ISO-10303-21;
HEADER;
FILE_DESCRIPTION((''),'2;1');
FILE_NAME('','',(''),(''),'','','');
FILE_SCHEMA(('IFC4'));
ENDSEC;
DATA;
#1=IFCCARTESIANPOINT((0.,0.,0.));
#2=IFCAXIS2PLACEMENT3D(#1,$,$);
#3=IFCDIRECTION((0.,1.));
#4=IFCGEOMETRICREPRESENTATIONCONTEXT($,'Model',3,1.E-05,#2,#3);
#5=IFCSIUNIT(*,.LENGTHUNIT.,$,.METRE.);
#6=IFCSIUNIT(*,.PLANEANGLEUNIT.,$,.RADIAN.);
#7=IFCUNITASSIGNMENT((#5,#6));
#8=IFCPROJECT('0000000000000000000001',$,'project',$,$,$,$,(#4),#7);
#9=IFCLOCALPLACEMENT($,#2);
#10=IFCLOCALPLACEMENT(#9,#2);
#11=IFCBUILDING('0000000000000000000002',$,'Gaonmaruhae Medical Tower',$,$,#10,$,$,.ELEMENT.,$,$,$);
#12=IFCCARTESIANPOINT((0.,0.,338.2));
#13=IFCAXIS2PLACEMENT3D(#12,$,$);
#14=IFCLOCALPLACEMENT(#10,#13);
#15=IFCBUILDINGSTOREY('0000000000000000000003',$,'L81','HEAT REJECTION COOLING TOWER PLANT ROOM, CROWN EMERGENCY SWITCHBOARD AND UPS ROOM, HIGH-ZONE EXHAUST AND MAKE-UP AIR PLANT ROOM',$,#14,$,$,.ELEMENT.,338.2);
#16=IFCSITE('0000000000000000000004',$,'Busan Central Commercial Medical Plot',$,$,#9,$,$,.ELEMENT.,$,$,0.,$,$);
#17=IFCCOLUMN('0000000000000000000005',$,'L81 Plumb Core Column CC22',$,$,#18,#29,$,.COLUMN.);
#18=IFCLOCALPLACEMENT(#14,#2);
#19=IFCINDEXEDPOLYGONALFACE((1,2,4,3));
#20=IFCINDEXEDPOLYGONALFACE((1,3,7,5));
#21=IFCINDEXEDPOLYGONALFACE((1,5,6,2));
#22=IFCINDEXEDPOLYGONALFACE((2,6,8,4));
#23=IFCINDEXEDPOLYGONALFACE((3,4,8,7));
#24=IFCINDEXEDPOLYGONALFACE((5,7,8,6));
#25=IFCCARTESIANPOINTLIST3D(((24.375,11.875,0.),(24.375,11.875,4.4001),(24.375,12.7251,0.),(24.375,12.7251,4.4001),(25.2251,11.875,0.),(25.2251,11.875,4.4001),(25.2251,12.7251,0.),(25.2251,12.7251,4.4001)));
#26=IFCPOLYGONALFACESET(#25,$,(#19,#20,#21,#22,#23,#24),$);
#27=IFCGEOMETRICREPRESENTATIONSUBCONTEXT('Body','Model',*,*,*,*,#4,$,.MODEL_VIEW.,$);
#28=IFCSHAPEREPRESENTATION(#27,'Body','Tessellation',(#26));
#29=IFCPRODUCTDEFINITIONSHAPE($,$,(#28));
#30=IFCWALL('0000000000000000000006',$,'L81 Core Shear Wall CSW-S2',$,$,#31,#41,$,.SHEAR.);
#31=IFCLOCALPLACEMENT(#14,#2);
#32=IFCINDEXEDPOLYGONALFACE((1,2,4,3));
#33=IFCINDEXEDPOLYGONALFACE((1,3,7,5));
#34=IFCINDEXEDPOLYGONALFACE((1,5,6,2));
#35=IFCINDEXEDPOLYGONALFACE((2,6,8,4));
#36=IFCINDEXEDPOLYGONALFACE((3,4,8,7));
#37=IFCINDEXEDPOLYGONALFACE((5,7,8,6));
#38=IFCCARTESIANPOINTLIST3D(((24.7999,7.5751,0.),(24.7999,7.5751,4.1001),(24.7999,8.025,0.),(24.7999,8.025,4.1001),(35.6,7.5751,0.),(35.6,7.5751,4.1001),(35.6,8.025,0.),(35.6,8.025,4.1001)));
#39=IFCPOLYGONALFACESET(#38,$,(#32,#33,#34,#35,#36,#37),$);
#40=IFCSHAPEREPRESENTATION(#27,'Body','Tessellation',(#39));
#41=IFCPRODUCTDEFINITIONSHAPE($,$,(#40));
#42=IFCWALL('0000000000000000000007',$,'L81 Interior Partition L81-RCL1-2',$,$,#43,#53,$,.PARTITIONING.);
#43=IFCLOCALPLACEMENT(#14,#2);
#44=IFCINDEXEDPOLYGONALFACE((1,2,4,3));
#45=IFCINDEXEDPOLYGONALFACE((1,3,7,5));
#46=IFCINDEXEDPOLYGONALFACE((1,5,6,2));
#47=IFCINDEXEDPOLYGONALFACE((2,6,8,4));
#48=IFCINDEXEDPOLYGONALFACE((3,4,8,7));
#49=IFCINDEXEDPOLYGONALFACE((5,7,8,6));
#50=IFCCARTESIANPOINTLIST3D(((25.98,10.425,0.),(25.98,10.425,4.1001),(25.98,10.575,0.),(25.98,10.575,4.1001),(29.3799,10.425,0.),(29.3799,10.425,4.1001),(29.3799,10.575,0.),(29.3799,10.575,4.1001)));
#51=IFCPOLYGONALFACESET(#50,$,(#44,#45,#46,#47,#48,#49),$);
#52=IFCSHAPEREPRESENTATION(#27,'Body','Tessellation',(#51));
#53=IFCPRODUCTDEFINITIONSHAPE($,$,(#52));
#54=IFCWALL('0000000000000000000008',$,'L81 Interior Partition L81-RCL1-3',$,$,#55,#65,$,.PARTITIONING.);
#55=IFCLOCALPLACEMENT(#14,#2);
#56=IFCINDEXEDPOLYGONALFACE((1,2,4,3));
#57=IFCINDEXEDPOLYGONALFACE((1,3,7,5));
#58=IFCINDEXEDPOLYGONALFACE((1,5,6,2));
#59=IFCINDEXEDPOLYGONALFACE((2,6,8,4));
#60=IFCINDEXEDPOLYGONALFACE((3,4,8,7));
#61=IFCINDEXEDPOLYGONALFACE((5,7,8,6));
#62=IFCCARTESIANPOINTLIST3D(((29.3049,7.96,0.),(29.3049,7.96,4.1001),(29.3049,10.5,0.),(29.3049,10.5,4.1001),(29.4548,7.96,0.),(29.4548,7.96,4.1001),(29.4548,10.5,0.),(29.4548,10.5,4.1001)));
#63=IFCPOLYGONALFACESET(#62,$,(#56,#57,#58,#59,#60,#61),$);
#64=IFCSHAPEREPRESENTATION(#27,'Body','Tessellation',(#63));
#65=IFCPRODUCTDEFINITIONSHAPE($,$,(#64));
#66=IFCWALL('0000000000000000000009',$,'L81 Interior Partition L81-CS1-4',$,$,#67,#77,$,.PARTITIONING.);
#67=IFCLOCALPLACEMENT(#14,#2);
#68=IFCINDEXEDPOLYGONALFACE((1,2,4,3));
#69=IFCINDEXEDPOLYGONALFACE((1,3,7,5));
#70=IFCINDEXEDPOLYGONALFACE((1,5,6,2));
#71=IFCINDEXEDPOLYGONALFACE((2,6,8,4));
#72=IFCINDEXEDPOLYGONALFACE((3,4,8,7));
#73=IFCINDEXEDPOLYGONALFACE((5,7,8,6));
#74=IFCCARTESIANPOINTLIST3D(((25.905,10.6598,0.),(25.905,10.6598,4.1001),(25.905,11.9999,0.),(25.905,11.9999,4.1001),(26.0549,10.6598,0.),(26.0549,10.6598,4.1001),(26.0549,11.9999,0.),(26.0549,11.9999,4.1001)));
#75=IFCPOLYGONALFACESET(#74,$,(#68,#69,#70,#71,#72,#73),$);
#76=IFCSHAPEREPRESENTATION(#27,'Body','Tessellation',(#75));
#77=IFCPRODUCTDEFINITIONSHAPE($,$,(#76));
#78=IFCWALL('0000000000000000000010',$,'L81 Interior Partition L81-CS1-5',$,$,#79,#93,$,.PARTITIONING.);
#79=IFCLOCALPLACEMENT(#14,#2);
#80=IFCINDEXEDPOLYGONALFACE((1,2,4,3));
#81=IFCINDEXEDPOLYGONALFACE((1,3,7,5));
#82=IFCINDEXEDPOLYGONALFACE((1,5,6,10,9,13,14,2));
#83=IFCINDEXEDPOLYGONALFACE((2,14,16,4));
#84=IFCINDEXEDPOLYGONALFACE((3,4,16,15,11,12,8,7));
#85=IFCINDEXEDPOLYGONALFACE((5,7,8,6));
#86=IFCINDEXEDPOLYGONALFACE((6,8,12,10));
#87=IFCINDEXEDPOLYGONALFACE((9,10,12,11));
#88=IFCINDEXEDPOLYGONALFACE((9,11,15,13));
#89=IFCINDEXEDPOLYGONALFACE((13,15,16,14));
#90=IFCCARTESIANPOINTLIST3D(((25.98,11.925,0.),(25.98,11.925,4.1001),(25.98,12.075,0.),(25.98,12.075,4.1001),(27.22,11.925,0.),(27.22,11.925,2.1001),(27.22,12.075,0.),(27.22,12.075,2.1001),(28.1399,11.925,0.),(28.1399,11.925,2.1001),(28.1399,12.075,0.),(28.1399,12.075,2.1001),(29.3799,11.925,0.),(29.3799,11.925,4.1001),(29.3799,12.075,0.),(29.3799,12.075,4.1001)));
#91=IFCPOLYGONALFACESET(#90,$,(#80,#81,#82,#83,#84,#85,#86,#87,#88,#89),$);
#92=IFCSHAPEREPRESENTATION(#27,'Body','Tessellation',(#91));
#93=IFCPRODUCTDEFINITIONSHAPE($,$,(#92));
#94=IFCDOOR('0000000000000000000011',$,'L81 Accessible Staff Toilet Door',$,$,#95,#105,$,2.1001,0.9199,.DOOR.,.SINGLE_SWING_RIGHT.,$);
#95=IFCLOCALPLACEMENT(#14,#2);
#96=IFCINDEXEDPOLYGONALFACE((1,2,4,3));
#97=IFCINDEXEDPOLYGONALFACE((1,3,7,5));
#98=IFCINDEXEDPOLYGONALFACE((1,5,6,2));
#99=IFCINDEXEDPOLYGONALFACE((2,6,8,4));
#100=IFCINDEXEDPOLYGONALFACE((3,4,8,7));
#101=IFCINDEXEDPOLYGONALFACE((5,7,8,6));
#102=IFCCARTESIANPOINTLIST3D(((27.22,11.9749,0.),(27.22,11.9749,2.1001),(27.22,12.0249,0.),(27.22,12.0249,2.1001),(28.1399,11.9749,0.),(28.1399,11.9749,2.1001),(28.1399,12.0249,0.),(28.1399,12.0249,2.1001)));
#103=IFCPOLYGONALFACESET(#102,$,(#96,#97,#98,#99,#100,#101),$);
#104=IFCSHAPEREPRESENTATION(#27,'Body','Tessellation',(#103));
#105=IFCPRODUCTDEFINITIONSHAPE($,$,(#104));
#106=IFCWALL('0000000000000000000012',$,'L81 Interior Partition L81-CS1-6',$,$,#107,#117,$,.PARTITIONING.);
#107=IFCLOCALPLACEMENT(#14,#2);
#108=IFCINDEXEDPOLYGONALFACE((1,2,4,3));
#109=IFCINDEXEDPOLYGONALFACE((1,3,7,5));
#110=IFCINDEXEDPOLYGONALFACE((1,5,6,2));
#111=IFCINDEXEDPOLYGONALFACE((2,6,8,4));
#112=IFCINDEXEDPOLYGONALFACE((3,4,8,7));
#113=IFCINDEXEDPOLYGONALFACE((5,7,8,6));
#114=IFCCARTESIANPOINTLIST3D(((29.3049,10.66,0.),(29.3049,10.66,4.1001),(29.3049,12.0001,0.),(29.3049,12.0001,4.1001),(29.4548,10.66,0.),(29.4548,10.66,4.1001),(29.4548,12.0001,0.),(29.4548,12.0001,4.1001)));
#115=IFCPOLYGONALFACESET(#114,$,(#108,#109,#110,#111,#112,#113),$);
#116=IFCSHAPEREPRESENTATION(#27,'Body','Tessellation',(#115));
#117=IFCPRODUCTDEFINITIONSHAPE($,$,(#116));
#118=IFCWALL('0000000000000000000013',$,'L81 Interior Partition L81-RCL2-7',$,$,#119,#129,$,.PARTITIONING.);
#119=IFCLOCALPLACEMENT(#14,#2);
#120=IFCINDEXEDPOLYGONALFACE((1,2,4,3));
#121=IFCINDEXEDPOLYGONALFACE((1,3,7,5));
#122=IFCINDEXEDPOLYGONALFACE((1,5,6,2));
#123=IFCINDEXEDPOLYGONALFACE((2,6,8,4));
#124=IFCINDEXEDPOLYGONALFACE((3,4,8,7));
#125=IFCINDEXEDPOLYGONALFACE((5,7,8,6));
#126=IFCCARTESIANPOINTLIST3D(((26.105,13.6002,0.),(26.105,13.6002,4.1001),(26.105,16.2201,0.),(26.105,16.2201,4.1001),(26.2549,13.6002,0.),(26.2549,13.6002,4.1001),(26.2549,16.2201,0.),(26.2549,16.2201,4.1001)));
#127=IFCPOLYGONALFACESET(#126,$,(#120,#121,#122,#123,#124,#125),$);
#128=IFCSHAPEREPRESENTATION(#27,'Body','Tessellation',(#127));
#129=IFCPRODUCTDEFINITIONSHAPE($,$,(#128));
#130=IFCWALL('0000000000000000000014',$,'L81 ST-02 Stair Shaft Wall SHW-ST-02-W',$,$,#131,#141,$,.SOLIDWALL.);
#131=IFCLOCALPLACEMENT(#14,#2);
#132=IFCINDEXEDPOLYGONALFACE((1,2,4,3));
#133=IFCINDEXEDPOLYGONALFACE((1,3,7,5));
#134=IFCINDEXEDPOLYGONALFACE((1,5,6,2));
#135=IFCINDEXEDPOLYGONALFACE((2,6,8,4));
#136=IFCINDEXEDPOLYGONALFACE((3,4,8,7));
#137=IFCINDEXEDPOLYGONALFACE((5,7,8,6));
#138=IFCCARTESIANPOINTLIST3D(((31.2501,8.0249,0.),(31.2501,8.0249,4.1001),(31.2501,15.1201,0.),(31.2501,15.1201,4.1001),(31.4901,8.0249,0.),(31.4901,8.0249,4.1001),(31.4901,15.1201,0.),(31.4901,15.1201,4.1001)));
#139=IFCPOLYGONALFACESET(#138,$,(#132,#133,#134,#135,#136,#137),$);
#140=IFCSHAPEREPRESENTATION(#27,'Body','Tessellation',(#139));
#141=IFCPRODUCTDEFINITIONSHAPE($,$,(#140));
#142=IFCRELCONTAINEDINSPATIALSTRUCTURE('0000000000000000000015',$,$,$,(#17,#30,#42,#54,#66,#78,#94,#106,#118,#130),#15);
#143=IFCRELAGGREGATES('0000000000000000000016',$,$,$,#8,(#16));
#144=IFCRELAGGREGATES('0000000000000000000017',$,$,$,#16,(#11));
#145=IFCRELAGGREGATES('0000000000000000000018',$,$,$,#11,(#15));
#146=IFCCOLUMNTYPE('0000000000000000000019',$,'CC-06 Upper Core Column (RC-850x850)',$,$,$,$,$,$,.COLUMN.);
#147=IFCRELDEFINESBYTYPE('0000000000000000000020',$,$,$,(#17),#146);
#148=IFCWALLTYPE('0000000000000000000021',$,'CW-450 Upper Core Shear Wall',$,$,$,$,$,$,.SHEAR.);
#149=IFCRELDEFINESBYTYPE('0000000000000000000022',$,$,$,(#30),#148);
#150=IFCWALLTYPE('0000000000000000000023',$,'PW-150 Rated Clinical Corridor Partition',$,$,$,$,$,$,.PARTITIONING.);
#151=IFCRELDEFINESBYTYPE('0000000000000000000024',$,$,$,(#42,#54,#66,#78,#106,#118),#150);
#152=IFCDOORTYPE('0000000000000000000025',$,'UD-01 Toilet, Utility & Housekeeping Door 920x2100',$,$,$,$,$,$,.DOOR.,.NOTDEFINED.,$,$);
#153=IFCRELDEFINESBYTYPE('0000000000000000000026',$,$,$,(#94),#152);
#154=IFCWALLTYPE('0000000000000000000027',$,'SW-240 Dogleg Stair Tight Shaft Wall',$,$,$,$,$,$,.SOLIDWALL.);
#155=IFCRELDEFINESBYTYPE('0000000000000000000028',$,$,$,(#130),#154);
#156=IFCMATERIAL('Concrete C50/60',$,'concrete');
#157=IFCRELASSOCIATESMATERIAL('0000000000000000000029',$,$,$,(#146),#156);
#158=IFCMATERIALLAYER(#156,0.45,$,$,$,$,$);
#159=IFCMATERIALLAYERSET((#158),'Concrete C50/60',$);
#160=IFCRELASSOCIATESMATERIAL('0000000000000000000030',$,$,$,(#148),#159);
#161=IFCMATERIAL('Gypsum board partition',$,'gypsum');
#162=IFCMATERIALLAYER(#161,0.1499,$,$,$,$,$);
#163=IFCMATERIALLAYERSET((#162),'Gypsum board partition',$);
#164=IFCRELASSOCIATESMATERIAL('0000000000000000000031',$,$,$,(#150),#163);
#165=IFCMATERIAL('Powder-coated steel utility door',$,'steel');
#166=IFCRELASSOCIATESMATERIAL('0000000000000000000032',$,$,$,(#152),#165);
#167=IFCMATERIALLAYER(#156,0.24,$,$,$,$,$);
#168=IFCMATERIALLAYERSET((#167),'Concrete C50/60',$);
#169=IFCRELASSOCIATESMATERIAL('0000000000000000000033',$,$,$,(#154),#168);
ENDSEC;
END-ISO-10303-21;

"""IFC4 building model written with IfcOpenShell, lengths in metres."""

from ifc_helpers import new_model, si_unit, direction, frame, frame_2d, origin, origin_2d, place, context, subcontext, project, spatial, rectangle, extrude, material, layer, layer_set, material_profile, profile_set, type_object, element, fill, save


model = new_model("IFC4")

# Units and contexts
model_context = context("Model", 3, precision=1e-05, world=origin(), true_north=direction((0.0, 1.0)))
body_context = subcontext(model_context, "Body", "Model", "MODEL_VIEW")
ifc_project = project(units=[si_unit("LENGTHUNIT", "METRE"), si_unit("PLANEANGLEUNIT", "RADIAN")], contexts=[model_context])

# Site, building, storey
site_placement = place(None, origin())
site = spatial("IfcSite", under=ifc_project, at=site_placement, Name="Busan Central Commercial Medical Plot", CompositionType="ELEMENT", RefElevation=0.0)
building_placement = place(site_placement, origin())
building = spatial("IfcBuilding", under=site, at=building_placement, Name="Gaonmaruhae Medical Tower", CompositionType="ELEMENT")
storey_placement = place(building_placement, frame((0.0, 0.0, 338.2)))
storey = spatial("IfcBuildingStorey", under=building, at=storey_placement, Name="L81", Description="HEAT REJECTION COOLING TOWER PLANT ROOM, CROWN EMERGENCY SWITCHBOARD AND UPS ROOM, HIGH-ZONE EXHAUST AND MAKE-UP AIR PLANT ROOM", CompositionType="ELEMENT", Elevation=338.2)

# Column
ifc_material_1 = material(Name="Concrete C50/60", Category="concrete")
ifc_material_profile = material_profile(ifc_material_1, rectangle(XDim=0.8501, YDim=0.8501, at=origin_2d()), Name="RC-850x850")
ifc_profile_set = profile_set([ifc_material_profile], Name="Concrete C50/60")
column_type = type_object("IfcColumnType", Name="CC-06 Upper Core Column (RC-850x850)", PredefinedType="COLUMN", material=ifc_profile_set)
column_placement = place(storey_placement, frame((24.8, 12.3, 0.0), z_axis=(0.0, 0.0, 1.0), x_axis=(1.0, 0.0, 0.0)))
element("IfcColumn", 1, at=column_placement, inside=storey, type_object=column_type, Name="L81 Plumb Core Column CC22", PredefinedType="COLUMN", context=body_context, shape_type="SweptSolid", body=[
    extrude(rectangle(XDim=0.8501, YDim=0.8501, at=origin_2d()), origin(), (0.0, 0.0, 1.0), 4.4001),
])

# Wall
ifc_layer_1 = layer(ifc_material_1, 0.45)
ifc_layer_set_1 = layer_set([ifc_layer_1], Name="Concrete C50/60")
wall_type_1 = type_object("IfcWallType", Name="CW-450 Upper Core Shear Wall", PredefinedType="SHEAR", material=ifc_layer_set_1)
wall_1_placement = place(storey_placement, frame((24.8, 7.8, 0.0), z_axis=(0.0, 0.0, 1.0), x_axis=(1.0, 0.0, 0.0)))
element("IfcWall", 2, at=wall_1_placement, inside=storey, type_object=wall_type_1, Name="L81 Core Shear Wall CSW-S2", PredefinedType="SHEAR", context=body_context, shape_type="SweptSolid", body=[
    extrude(rectangle(XDim=10.8, YDim=0.45, at=frame_2d((5.3999, 0.0))), origin(), (0.0, 0.0, 1.0), 4.1001),
])

# Shared definitions
ifc_material_2 = material(Name="Gypsum board partition", Category="gypsum")
ifc_layer_2 = layer(ifc_material_2, 0.1499)
ifc_layer_set_2 = layer_set([ifc_layer_2], Name="Gypsum board partition")
wall_type_2 = type_object("IfcWallType", Name="PW-150 Rated Clinical Corridor Partition", PredefinedType="PARTITIONING", material=ifc_layer_set_2)

# Walls
wall_2_placement = place(storey_placement, frame((25.98, 10.5, 0.0), z_axis=(0.0, 0.0, 1.0), x_axis=(1.0, 0.0, 0.0)))
element("IfcWall", 3, at=wall_2_placement, inside=storey, type_object=wall_type_2, Name="L81 Interior Partition L81-RCL1-2", PredefinedType="PARTITIONING", context=body_context, shape_type="SweptSolid", body=[
    extrude(rectangle(XDim=3.3999, YDim=0.1499, at=frame_2d((1.7, 0.0))), origin(), (0.0, 0.0, 1.0), 4.1001),
])
wall_3_placement = place(storey_placement, frame((29.3799, 10.5, 0.0), z_axis=(0.0, 0.0, 1.0), x_axis=(0.0, -1.0, 0.0)))
element("IfcWall", 4, at=wall_3_placement, inside=storey, type_object=wall_type_2, Name="L81 Interior Partition L81-RCL1-3", PredefinedType="PARTITIONING", context=body_context, shape_type="SweptSolid", body=[
    extrude(rectangle(XDim=2.54, YDim=0.1499, at=frame_2d((1.27, 0.0))), origin(), (0.0, 0.0, 1.0), 4.1001),
])
wall_4_placement = place(storey_placement, frame((25.98, 10.6599, 0.0), z_axis=(0.0, 0.0, 1.0), x_axis=(0.0, 1.0, 0.0)))
element("IfcWall", 5, at=wall_4_placement, inside=storey, type_object=wall_type_2, Name="L81 Interior Partition L81-CS1-4", PredefinedType="PARTITIONING", context=body_context, shape_type="SweptSolid", body=[
    extrude(rectangle(XDim=1.3401, YDim=0.1499, at=frame_2d((0.6699, 0.0))), origin(), (0.0, 0.0, 1.0), 4.1001),
])

# Wall, opening, door
wall_5_placement = place(storey_placement, frame((25.98, 12.0, 0.0), z_axis=(0.0, 0.0, 1.0), x_axis=(1.0, 0.0, 0.0)))
wall_5 = element("IfcWall", 6, at=wall_5_placement, inside=storey, type_object=wall_type_2, Name="L81 Interior Partition L81-CS1-5", PredefinedType="PARTITIONING", context=body_context, shape_type="SweptSolid", body=[
    extrude(rectangle(XDim=3.3999, YDim=0.1499, at=frame_2d((1.7, 0.0))), origin(), (0.0, 0.0, 1.0), 4.1001),
])
opening_1_placement = place(wall_5_placement, frame((1.24, 0.0, 0.0)))
opening_1 = element("IfcOpeningElement", 7, at=opening_1_placement, cuts=wall_5, PredefinedType="OPENING", context=body_context, shape_type="SweptSolid", body=[
    extrude(rectangle(XDim=0.9199, YDim=2.1001, at=frame_2d((0.46, 1.05))), frame((0.0, 0.085, 0.0), z_axis=(0.0, -1.0, 0.0), x_axis=(1.0, 0.0, 0.0)), (0.0, 0.0, 1.0), 0.1699),
])
ifc_material_3 = material(Name="Powder-coated steel utility door", Category="steel")
door_type_1 = type_object("IfcDoorType", Name="UD-01 Toilet, Utility & Housekeeping Door 920x2100", OperationType="NOTDEFINED", PredefinedType="DOOR", material=ifc_material_3)
door_1_placement = place(opening_1_placement, origin())
door_1 = element("IfcDoor", 8, at=door_1_placement, inside=storey, type_object=door_type_1, Name="L81 Accessible Staff Toilet Door", OperationType="SINGLE_SWING_RIGHT", OverallHeight=2.1001, OverallWidth=0.9199, PredefinedType="DOOR", context=body_context, shape_type="SweptSolid", body=[
    extrude(rectangle(XDim=0.9199, YDim=2.1001, at=frame_2d((0.46, 1.05))), frame((0.0, 0.0249, 0.0), z_axis=(0.0, -1.0, 0.0), x_axis=(1.0, 0.0, 0.0)), (0.0, 0.0, 1.0), 0.05),
])
fill(opening_1, door_1)

# Walls
wall_6_placement = place(storey_placement, frame((29.3799, 12.0, 0.0), z_axis=(0.0, 0.0, 1.0), x_axis=(0.0, -1.0, 0.0)))
element("IfcWall", 9, at=wall_6_placement, inside=storey, type_object=wall_type_2, Name="L81 Interior Partition L81-CS1-6", PredefinedType="PARTITIONING", context=body_context, shape_type="SweptSolid", body=[
    extrude(rectangle(XDim=1.3401, YDim=0.1499, at=frame_2d((0.6699, 0.0))), origin(), (0.0, 0.0, 1.0), 4.1001),
])
wall_7_placement = place(storey_placement, frame((26.1799, 13.6001, 0.0), z_axis=(0.0, 0.0, 1.0), x_axis=(0.0, 1.0, 0.0)))
element("IfcWall", 10, at=wall_7_placement, inside=storey, type_object=wall_type_2, Name="L81 Interior Partition L81-RCL2-7", PredefinedType="PARTITIONING", context=body_context, shape_type="SweptSolid", body=[
    extrude(rectangle(XDim=2.6199, YDim=0.1499, at=frame_2d((1.3101, 0.0))), origin(), (0.0, 0.0, 1.0), 4.1001),
])
ifc_layer_3 = layer(ifc_material_1, 0.24)
ifc_layer_set_3 = layer_set([ifc_layer_3], Name="Concrete C50/60")
wall_type_3 = type_object("IfcWallType", Name="SW-240 Dogleg Stair Tight Shaft Wall", PredefinedType="SOLIDWALL", material=ifc_layer_set_3)
wall_8_placement = place(storey_placement, frame((31.3701, 8.0249, 0.0), z_axis=(0.0, 0.0, 1.0), x_axis=(0.0, 1.0, 0.0)))
element("IfcWall", 11, at=wall_8_placement, inside=storey, type_object=wall_type_3, Name="L81 ST-02 Stair Shaft Wall SHW-ST-02-W", PredefinedType="SOLIDWALL", context=body_context, shape_type="SweptSolid", body=[
    extrude(rectangle(XDim=7.0952, YDim=0.24, at=frame_2d((3.5476, 0.0))), origin(), (0.0, 0.0, 1.0), 4.1001),
])

save(model, "model.ifc")
